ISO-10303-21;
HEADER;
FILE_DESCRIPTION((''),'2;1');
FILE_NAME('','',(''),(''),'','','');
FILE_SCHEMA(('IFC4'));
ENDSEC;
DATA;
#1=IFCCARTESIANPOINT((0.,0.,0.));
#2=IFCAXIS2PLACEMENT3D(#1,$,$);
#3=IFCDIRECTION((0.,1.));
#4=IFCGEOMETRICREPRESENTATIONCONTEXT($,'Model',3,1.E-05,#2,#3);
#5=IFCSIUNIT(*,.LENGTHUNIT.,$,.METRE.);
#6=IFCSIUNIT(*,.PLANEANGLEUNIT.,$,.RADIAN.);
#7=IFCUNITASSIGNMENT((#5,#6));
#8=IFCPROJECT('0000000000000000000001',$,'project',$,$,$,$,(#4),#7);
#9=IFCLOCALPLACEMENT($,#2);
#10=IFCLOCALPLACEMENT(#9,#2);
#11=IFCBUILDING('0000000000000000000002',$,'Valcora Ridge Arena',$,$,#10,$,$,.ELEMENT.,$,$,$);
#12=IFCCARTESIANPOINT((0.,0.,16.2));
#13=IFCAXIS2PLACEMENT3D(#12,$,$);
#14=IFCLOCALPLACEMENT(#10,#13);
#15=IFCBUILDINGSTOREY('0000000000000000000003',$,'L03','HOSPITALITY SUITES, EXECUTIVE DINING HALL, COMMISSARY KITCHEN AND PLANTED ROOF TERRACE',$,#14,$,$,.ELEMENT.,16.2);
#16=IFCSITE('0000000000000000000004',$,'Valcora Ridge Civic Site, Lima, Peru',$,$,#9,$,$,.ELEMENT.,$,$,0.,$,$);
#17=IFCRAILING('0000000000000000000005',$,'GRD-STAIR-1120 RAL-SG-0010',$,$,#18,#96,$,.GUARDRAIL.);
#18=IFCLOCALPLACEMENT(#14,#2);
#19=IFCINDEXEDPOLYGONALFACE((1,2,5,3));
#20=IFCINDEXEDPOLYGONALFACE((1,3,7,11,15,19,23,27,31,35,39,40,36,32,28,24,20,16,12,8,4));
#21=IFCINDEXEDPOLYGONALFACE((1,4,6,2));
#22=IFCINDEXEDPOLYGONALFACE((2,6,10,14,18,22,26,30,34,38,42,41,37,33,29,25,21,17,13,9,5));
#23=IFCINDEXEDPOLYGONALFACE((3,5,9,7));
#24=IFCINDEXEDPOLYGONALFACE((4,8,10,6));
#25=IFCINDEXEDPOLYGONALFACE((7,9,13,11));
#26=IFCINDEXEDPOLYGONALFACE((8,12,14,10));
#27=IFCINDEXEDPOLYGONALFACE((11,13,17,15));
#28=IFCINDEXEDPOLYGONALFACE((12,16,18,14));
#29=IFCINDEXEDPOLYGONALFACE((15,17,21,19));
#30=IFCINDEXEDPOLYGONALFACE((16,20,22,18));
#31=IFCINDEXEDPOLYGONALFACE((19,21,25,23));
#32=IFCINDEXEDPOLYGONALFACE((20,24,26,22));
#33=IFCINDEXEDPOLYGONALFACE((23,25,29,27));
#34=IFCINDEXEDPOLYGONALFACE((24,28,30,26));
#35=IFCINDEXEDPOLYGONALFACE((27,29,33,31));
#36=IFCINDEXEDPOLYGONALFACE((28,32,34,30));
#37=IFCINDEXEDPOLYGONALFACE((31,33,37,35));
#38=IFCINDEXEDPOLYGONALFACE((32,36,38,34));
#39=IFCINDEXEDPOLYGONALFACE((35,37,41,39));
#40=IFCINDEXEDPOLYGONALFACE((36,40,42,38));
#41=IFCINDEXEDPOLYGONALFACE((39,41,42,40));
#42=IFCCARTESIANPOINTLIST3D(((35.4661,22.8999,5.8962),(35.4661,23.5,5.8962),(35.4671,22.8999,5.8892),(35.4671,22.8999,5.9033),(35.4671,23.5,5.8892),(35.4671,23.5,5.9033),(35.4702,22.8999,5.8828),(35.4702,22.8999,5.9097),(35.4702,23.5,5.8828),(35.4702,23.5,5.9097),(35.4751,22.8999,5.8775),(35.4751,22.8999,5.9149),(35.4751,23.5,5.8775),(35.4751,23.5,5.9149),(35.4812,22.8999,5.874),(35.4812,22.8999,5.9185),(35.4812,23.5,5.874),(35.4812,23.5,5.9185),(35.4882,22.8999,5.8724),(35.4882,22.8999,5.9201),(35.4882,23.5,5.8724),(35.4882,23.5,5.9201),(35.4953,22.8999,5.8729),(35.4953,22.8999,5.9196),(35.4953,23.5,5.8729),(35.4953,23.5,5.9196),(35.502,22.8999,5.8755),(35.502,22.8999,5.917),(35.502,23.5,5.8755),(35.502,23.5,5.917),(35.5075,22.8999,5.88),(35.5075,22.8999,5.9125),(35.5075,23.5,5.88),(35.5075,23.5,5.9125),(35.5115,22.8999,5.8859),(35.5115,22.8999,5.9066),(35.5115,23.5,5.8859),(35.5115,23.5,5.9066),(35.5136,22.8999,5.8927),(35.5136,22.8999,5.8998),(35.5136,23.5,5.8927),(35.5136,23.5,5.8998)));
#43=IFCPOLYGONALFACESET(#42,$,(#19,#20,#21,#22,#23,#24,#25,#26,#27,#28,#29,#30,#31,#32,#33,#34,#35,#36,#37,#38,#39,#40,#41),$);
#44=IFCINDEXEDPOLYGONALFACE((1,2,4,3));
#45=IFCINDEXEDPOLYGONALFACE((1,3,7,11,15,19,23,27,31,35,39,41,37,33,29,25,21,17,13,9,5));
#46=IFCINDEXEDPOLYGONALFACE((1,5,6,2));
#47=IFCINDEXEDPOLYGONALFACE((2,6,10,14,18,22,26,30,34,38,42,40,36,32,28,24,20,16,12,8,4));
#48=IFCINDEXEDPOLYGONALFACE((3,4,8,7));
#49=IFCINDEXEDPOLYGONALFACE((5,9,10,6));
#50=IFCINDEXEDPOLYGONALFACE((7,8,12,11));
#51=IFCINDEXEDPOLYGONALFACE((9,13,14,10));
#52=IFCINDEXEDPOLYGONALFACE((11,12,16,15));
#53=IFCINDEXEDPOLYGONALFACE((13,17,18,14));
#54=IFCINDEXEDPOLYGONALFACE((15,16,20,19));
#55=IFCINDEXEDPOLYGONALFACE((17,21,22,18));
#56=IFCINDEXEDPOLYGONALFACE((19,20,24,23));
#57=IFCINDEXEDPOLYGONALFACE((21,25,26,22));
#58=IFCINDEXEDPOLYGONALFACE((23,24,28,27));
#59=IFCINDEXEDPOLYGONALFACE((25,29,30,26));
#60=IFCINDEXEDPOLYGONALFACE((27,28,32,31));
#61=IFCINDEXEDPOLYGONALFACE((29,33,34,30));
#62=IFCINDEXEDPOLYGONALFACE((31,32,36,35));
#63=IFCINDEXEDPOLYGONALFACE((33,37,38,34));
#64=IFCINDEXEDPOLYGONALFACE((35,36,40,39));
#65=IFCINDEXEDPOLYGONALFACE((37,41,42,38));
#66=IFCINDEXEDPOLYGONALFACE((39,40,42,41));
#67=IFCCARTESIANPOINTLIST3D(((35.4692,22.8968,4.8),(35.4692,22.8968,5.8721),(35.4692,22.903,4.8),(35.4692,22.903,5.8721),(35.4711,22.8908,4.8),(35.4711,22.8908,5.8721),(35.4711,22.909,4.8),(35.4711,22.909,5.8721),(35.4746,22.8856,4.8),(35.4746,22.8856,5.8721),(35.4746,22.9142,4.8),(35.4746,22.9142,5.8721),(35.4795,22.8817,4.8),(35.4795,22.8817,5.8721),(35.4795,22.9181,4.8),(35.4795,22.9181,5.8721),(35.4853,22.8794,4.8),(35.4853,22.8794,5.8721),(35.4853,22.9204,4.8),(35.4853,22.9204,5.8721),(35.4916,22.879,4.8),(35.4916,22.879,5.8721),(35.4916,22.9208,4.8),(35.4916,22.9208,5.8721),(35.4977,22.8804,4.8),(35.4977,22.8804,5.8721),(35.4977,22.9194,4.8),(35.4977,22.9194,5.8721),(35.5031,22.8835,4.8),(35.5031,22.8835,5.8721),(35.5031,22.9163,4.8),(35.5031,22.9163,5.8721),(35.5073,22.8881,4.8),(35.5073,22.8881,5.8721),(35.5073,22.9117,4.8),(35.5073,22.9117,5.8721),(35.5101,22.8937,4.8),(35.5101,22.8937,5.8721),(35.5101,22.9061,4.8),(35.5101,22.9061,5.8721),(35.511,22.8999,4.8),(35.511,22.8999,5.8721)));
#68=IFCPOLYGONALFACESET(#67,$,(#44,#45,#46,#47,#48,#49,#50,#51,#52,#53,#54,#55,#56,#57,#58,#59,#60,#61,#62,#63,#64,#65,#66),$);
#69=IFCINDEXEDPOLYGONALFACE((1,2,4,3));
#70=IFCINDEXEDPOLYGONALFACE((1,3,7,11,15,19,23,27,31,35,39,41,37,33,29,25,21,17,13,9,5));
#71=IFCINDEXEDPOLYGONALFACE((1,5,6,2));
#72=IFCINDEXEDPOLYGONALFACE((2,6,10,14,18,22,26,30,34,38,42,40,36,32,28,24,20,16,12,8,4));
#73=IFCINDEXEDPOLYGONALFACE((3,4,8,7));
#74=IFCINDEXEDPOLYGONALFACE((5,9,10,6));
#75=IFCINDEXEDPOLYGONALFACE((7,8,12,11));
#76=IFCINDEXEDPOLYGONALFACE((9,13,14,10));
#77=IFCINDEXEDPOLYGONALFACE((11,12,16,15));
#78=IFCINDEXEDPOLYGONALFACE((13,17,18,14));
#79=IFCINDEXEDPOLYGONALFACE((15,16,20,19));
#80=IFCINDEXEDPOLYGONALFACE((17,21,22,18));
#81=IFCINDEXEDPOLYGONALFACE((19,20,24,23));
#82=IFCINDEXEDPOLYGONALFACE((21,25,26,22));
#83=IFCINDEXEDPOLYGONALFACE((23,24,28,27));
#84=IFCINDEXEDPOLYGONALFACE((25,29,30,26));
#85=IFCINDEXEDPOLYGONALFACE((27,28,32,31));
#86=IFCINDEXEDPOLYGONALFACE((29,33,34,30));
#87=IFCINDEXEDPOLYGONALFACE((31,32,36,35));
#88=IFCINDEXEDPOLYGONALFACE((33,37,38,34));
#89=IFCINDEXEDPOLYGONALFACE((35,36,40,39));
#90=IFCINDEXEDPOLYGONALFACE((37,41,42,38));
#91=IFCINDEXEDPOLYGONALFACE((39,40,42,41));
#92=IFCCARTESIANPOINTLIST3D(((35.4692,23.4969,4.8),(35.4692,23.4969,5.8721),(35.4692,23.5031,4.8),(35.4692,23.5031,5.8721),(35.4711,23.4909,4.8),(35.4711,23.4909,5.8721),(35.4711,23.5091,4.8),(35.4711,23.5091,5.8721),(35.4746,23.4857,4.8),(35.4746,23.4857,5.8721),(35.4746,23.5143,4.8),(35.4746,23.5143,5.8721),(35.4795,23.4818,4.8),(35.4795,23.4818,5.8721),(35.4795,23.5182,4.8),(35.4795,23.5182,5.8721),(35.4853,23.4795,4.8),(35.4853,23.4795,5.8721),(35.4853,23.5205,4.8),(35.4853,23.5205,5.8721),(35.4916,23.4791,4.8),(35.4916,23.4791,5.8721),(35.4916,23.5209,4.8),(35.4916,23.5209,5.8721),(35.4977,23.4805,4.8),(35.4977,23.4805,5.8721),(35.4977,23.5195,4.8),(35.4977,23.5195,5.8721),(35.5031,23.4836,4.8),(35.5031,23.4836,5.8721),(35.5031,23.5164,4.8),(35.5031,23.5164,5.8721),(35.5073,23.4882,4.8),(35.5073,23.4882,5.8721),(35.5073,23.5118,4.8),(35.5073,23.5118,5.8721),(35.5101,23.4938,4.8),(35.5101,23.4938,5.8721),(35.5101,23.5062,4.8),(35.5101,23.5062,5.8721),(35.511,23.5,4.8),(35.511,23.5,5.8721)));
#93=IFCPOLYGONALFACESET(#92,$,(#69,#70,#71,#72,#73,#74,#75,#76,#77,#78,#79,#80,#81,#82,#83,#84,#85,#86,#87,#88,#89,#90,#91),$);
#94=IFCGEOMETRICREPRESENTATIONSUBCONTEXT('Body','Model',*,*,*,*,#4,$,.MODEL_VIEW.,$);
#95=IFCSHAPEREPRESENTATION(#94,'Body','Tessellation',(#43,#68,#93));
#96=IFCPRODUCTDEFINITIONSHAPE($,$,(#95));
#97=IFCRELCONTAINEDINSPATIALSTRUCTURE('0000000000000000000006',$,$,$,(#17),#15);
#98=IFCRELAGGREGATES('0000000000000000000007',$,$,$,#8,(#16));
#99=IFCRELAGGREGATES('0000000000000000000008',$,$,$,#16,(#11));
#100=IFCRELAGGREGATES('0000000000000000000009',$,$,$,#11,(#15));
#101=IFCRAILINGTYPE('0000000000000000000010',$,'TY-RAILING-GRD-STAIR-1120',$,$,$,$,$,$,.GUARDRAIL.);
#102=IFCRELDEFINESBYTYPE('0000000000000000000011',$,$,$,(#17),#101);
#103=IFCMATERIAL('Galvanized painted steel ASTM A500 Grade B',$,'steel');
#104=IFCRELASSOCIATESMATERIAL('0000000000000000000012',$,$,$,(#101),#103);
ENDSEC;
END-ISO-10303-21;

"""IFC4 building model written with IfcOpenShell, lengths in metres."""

from ifc_helpers import new_model, si_unit, direction, frame, origin, origin_2d, place, context, subcontext, project, spatial, circle, extrude, material, type_object, element, save


model = new_model("IFC4")

# Units and contexts
model_context = context("Model", 3, precision=1e-05, world=origin(), true_north=direction((0.0, 1.0)))
body_context = subcontext(model_context, "Body", "Model", "MODEL_VIEW")
ifc_project = project(units=[si_unit("LENGTHUNIT", "METRE"), si_unit("PLANEANGLEUNIT", "RADIAN")], contexts=[model_context])

# Site, building, storey
site_placement = place(None, origin())
site = spatial("IfcSite", under=ifc_project, at=site_placement, Name="Valcora Ridge Civic Site, Lima, Peru", CompositionType="ELEMENT", RefElevation=0.0)
building_placement = place(site_placement, origin())
building = spatial("IfcBuilding", under=site, at=building_placement, Name="Valcora Ridge Arena", CompositionType="ELEMENT")
storey_placement = place(building_placement, frame((0.0, 0.0, 16.2)))
storey = spatial("IfcBuildingStorey", under=building, at=storey_placement, Name="L03", Description="HOSPITALITY SUITES, EXECUTIVE DINING HALL, COMMISSARY KITCHEN AND PLANTED ROOF TERRACE", CompositionType="ELEMENT", Elevation=16.2)

# Railing
ifc_material_1 = material(Name="Galvanized painted steel ASTM A500 Grade B", Category="steel")
railing_type_1 = type_object("IfcRailingType", Name="TY-RAILING-GRD-STAIR-1120", PredefinedType="GUARDRAIL", material=ifc_material_1)
railing_1_placement = place(storey_placement, frame((35.49, 22.8999, 4.8)))
element("IfcRailing", 1, at=railing_1_placement, inside=storey, type_object=railing_type_1, Name="GRD-STAIR-1120 RAL-SG-0010", PredefinedType="GUARDRAIL", context=body_context, shape_type="SweptSolid", body=[
    extrude(circle(Radius=0.0239, at=origin_2d()), frame((0.0, 0.0, 1.0962), z_axis=(0.0, 1.0, 0.0), x_axis=(-1.0, 0.0, 0.0)), (0.0, 0.0, 1.0), 0.6001),
    extrude(circle(Radius=0.021, at=origin_2d()), origin(), (0.0, 0.0, 1.0), 1.072),
    extrude(circle(Radius=0.021, at=origin_2d()), frame((0.0, 0.6001, 0.0)), (0.0, 0.0, 1.0), 1.072),
])

save(model, "model.ifc")
